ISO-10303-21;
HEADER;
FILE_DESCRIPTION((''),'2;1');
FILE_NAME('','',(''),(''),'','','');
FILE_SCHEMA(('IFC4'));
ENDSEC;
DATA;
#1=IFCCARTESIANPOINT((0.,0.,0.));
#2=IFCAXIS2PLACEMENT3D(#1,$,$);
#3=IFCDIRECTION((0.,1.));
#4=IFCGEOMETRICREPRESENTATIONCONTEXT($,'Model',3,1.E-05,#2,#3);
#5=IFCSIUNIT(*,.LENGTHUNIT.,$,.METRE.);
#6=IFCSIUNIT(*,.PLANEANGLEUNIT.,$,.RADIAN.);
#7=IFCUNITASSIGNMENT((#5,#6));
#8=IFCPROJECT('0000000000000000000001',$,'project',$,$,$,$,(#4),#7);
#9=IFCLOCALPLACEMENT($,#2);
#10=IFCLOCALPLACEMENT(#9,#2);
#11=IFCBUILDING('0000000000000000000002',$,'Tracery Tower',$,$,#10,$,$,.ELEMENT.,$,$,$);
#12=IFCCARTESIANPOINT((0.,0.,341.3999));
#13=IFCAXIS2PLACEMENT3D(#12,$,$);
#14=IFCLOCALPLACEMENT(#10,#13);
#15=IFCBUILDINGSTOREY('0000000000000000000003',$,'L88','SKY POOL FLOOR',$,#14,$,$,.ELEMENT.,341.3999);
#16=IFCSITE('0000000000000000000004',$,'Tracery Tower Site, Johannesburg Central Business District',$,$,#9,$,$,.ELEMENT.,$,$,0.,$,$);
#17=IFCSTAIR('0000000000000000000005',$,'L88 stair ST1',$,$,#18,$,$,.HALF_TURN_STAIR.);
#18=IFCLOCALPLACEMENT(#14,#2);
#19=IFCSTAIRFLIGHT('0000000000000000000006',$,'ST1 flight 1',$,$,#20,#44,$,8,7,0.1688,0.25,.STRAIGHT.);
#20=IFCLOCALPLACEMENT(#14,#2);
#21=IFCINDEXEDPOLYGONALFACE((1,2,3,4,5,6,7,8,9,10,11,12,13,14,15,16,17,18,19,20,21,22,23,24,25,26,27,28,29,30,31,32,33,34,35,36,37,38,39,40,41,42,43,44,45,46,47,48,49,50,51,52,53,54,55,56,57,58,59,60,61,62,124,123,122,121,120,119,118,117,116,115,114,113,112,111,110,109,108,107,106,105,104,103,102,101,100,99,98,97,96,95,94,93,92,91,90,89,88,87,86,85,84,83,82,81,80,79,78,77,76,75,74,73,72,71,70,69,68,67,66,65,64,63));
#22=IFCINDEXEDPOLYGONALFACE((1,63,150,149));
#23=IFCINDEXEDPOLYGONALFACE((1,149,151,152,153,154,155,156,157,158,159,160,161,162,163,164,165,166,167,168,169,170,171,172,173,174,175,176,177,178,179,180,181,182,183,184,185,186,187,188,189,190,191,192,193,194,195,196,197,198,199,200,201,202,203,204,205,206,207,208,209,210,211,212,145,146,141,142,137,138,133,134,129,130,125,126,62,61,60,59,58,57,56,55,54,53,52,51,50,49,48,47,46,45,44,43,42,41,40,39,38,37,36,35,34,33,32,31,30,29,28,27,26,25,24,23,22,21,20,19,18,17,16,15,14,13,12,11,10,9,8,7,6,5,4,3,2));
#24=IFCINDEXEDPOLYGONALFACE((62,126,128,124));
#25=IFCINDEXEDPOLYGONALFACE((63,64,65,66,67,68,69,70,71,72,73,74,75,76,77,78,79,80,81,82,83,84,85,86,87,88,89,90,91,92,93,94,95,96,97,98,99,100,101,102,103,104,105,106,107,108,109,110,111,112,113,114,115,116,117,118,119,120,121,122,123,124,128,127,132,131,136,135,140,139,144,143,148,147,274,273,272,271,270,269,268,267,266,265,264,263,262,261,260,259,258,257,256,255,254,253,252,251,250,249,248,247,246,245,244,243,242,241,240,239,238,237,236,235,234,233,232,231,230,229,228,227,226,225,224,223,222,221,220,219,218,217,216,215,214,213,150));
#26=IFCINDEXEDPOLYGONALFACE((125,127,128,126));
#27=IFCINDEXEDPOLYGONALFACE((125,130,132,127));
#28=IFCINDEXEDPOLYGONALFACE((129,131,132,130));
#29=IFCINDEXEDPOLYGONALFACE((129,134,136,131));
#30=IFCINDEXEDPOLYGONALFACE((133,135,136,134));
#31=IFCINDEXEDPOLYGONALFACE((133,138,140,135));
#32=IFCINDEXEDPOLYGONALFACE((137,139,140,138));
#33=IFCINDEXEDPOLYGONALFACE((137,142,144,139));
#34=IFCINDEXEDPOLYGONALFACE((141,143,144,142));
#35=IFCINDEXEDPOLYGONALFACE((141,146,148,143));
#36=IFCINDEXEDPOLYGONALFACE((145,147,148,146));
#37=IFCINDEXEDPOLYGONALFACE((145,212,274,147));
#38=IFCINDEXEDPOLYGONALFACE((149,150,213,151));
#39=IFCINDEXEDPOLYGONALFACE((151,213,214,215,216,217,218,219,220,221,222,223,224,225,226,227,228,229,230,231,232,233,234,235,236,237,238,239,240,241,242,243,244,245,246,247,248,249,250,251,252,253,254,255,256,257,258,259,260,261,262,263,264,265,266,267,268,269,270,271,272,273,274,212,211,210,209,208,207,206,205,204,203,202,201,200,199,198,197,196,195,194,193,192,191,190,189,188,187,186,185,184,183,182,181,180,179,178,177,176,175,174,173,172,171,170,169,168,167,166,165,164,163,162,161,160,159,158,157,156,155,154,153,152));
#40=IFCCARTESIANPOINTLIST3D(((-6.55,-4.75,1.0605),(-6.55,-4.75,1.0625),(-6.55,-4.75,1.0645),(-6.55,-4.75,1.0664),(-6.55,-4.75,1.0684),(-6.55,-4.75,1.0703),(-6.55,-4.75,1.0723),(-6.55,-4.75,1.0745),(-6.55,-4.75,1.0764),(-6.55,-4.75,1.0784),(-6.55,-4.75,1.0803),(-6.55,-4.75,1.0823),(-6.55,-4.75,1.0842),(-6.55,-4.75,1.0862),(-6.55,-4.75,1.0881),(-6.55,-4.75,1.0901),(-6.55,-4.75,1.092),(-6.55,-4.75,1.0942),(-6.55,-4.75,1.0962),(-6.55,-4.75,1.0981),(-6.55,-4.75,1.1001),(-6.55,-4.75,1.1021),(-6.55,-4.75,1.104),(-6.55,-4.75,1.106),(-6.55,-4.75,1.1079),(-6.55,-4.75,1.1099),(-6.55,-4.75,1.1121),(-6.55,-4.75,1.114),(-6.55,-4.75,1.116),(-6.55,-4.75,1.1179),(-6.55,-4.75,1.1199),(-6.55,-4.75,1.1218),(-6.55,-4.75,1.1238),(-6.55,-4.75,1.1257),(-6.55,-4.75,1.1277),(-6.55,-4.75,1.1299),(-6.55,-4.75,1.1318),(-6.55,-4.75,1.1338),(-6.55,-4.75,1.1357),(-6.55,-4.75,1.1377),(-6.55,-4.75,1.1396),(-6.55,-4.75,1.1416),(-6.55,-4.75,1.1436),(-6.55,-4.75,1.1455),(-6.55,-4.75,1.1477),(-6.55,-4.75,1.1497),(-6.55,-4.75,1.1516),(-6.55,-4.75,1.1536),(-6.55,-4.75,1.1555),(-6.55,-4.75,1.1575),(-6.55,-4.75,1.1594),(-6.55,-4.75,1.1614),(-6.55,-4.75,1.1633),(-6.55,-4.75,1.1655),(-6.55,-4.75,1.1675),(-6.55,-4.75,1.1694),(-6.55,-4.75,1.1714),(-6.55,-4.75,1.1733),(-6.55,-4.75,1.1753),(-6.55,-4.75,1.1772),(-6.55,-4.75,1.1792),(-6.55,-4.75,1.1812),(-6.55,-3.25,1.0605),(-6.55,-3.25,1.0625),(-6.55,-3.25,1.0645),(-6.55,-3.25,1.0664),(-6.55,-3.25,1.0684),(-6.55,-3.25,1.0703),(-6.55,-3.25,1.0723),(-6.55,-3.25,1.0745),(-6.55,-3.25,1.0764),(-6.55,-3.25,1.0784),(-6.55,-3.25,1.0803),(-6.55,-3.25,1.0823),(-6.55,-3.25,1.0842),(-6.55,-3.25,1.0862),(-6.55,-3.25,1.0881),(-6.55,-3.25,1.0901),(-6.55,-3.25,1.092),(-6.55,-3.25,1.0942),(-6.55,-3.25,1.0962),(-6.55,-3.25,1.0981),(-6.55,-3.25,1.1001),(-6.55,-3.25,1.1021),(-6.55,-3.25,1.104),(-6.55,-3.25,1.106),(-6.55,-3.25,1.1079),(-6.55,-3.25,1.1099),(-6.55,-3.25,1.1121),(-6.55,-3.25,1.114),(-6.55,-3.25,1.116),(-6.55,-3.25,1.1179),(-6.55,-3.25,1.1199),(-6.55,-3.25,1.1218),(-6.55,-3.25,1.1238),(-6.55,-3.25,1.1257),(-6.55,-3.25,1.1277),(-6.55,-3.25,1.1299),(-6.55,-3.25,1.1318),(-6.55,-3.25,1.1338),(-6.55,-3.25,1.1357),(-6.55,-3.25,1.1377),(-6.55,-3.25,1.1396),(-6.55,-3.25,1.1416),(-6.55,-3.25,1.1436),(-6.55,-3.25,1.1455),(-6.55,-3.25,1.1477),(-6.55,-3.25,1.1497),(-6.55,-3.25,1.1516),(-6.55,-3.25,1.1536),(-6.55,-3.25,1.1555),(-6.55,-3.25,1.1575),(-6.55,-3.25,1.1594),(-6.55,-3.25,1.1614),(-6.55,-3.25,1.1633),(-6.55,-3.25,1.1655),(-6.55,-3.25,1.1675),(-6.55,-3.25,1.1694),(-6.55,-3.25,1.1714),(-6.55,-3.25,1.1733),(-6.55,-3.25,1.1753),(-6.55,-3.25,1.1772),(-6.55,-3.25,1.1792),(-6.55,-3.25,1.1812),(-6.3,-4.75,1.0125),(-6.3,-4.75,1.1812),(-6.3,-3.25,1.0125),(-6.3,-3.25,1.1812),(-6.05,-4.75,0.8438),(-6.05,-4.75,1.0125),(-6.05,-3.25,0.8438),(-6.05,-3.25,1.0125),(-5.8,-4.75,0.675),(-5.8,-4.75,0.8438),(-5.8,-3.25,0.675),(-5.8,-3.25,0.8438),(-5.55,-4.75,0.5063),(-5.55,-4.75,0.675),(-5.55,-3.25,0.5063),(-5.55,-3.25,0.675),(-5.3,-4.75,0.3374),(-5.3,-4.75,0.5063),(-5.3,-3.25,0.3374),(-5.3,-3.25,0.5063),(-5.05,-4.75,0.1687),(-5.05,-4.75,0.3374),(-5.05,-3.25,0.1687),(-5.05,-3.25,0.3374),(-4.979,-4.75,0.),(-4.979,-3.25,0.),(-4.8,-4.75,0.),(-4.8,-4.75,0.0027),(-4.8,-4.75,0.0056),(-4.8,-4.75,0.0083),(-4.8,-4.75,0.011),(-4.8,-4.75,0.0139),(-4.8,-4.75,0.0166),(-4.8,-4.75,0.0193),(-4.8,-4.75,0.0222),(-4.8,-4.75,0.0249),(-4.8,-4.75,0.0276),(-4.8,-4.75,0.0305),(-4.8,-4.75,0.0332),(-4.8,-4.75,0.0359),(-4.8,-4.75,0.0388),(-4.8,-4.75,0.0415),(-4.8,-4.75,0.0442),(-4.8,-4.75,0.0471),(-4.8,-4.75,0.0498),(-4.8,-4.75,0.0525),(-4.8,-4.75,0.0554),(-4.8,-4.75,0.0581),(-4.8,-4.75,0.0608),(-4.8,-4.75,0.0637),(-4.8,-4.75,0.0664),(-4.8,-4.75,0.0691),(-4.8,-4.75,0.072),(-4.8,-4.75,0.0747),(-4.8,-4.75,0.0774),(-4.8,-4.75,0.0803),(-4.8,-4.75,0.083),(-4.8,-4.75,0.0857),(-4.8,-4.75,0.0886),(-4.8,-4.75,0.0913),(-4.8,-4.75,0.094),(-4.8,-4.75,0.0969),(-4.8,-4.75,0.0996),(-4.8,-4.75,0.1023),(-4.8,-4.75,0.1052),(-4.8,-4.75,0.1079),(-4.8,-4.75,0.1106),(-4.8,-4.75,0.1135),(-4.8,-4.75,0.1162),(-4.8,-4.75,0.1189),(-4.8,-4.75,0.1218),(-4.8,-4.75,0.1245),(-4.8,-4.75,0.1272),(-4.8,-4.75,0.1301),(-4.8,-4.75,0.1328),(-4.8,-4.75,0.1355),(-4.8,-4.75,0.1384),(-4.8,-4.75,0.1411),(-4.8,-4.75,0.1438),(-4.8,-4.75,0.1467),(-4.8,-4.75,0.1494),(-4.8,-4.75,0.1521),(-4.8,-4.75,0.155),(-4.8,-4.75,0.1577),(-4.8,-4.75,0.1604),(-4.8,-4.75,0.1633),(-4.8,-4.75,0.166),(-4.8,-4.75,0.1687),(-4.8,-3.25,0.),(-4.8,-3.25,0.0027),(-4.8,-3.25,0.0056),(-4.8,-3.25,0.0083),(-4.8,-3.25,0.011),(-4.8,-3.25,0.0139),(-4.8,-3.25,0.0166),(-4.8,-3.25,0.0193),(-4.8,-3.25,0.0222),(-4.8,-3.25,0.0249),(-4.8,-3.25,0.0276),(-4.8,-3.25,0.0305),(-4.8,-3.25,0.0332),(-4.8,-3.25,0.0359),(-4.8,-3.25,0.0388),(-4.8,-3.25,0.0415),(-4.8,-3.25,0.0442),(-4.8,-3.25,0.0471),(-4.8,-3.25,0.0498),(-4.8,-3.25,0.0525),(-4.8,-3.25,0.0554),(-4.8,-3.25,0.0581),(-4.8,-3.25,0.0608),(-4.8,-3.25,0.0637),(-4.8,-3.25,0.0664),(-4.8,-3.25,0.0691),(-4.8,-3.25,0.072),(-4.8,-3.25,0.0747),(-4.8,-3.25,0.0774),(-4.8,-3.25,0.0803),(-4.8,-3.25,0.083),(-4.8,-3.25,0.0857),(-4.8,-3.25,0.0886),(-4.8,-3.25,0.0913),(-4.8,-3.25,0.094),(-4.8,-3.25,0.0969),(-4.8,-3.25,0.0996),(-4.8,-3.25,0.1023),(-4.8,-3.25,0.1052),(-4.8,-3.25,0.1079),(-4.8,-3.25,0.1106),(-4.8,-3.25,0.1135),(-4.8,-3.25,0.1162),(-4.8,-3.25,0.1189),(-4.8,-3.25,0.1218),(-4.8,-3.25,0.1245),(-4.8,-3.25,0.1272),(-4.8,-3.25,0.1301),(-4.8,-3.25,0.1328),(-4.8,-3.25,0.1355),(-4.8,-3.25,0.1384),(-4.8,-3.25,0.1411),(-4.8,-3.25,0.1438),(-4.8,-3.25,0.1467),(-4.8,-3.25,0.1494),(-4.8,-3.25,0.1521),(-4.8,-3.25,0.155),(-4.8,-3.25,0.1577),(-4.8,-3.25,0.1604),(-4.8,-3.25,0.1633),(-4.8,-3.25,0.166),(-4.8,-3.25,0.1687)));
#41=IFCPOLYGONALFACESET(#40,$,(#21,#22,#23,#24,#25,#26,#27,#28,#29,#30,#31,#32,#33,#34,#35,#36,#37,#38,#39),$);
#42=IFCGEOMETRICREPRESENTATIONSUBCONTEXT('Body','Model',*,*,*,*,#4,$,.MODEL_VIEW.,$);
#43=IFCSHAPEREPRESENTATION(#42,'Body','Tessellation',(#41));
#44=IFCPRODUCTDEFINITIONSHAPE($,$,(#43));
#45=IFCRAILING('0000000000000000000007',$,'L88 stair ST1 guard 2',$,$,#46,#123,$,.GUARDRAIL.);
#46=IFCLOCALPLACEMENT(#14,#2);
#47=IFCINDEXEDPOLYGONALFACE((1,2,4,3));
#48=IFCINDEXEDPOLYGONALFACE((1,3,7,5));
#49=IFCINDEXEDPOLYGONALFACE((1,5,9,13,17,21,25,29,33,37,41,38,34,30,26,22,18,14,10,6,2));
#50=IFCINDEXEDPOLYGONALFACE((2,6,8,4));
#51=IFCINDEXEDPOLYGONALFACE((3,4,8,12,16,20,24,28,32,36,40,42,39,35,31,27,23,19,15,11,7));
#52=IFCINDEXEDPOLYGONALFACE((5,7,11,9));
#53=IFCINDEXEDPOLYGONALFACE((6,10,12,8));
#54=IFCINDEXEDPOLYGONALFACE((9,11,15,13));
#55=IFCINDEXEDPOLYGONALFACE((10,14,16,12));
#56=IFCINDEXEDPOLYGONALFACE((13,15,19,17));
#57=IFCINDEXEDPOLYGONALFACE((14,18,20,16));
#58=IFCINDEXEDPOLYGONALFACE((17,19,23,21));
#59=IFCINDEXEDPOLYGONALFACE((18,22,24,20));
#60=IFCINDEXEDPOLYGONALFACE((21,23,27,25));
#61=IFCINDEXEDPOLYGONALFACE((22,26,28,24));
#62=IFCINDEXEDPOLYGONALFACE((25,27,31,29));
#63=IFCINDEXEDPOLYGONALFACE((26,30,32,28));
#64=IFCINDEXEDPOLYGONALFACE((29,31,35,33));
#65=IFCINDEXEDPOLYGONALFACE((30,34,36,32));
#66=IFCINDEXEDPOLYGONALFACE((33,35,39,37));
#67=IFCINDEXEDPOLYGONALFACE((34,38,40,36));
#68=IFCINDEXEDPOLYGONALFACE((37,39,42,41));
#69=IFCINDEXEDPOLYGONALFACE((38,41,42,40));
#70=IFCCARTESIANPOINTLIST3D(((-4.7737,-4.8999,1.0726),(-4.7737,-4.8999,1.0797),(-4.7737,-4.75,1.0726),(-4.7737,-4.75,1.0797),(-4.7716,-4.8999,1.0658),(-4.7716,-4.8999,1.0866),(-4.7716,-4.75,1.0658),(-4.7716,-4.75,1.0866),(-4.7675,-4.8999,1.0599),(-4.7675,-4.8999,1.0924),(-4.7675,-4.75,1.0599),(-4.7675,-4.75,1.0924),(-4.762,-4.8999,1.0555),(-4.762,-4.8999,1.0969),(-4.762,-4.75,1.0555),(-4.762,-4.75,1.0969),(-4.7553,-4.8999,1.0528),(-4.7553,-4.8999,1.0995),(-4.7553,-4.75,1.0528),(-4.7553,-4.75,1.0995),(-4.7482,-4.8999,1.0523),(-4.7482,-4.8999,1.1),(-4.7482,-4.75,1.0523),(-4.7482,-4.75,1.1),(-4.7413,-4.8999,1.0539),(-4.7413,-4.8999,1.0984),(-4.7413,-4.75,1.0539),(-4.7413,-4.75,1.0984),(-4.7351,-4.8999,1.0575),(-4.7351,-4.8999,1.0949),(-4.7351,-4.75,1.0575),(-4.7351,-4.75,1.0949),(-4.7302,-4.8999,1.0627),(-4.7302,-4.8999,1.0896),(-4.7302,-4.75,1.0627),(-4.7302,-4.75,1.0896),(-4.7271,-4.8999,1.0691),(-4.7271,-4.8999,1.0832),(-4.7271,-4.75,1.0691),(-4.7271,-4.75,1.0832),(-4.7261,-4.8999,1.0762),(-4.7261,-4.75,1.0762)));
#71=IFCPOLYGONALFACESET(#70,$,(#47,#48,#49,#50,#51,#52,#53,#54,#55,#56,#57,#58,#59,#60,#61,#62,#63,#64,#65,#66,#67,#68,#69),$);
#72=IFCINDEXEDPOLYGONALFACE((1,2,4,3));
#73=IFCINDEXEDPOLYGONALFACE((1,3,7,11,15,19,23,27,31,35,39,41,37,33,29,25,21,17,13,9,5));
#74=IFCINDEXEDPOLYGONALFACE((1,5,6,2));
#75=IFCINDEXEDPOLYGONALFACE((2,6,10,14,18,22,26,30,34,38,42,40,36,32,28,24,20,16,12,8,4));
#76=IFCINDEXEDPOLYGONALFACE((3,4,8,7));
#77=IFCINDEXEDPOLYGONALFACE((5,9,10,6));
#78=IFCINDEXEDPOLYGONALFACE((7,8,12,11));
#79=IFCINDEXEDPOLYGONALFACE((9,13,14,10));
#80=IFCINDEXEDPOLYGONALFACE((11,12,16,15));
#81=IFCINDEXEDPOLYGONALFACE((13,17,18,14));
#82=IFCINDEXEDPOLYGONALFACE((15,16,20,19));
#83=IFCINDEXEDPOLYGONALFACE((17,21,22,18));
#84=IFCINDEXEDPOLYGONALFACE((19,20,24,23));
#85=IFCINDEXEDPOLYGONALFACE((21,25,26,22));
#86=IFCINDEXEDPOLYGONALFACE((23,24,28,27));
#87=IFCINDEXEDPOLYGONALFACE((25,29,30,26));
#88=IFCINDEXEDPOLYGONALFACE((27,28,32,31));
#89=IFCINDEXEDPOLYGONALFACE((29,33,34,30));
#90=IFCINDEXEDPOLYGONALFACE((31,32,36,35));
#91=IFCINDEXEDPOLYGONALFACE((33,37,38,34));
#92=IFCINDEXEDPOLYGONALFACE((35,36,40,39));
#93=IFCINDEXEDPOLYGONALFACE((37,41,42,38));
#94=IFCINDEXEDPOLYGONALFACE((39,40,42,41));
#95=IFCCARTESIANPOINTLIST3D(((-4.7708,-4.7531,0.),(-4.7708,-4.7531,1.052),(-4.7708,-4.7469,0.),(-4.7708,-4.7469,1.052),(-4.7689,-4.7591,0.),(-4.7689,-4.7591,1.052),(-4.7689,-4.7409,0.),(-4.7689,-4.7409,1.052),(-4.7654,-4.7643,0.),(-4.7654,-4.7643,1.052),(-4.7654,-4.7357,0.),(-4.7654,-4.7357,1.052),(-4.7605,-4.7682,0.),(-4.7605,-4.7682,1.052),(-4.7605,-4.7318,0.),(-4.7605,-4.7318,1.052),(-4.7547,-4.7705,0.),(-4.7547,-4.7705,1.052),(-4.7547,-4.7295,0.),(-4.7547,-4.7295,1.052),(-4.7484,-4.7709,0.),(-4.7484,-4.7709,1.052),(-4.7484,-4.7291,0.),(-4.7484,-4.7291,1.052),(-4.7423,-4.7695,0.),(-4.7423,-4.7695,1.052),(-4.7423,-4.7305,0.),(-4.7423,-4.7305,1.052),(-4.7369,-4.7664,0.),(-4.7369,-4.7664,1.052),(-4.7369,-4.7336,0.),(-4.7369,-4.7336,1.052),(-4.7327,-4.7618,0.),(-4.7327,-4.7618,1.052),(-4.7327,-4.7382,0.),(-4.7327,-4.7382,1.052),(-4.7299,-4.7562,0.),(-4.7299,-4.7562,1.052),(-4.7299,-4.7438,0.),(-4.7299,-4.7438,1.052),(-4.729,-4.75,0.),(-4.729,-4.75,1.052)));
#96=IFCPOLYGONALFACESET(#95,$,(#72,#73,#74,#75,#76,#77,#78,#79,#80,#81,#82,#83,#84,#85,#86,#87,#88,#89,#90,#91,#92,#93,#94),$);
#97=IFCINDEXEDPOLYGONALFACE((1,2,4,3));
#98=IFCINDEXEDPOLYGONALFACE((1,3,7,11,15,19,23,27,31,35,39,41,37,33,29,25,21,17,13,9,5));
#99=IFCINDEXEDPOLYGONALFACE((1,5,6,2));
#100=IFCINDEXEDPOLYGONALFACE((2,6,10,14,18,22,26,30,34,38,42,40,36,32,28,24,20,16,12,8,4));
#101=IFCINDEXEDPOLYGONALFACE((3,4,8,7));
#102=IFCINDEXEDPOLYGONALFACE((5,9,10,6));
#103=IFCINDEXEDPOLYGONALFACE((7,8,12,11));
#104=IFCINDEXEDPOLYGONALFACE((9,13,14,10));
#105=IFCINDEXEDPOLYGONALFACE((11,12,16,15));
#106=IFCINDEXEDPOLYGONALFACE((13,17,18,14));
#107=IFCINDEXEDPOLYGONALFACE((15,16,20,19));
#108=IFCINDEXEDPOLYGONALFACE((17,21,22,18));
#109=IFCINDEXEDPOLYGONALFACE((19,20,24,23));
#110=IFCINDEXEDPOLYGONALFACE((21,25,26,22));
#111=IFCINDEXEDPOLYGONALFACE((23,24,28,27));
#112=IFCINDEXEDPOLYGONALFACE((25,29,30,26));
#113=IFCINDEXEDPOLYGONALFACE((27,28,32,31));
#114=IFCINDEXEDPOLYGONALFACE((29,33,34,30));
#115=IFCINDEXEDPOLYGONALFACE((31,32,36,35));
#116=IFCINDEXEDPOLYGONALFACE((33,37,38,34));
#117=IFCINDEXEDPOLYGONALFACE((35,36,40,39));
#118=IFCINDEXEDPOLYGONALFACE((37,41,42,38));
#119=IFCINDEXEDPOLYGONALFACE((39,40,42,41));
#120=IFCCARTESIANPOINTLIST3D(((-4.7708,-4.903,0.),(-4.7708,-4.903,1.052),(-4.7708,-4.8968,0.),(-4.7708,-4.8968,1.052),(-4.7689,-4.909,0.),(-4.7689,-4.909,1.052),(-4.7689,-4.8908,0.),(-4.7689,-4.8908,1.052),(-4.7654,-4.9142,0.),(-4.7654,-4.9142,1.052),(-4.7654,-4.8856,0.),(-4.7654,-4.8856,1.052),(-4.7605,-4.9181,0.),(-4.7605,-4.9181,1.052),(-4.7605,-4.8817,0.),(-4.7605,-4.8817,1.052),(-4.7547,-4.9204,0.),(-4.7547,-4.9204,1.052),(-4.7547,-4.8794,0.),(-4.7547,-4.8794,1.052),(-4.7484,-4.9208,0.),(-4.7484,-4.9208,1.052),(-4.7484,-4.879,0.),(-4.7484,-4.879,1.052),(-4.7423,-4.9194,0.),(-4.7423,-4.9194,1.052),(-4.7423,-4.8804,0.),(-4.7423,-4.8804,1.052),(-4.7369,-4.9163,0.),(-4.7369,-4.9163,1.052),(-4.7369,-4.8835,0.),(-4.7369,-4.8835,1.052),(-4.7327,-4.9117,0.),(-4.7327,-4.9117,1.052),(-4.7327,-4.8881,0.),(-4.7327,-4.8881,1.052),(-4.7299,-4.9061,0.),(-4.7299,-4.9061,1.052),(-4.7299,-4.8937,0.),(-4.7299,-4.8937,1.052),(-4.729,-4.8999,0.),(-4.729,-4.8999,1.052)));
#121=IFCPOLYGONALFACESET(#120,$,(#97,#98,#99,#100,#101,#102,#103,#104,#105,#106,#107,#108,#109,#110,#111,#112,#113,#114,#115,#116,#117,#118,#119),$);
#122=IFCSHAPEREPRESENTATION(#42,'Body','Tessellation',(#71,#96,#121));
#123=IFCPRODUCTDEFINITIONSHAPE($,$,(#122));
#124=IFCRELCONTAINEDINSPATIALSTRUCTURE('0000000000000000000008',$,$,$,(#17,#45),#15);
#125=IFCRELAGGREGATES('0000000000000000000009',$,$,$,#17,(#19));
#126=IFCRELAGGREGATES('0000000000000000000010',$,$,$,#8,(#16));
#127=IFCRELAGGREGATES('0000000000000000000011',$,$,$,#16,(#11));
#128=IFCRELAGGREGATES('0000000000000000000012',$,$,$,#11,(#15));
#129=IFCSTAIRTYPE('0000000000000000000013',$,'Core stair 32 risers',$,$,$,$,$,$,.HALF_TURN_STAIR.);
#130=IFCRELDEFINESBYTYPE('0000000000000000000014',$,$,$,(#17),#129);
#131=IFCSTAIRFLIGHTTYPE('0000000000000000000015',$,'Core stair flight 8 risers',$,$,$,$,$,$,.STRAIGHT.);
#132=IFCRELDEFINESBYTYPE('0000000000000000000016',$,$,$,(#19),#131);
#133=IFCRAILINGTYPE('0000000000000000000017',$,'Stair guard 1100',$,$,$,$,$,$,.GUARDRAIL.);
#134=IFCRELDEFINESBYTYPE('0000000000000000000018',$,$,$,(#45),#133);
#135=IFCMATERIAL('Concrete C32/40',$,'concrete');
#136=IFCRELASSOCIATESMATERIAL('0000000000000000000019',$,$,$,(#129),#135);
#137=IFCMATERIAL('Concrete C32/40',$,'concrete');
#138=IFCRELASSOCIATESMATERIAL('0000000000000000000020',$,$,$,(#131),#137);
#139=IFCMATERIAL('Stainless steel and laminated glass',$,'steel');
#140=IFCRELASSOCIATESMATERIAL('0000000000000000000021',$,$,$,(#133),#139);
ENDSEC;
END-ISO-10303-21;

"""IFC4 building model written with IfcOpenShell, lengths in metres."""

from ifc_helpers import new_model, si_unit, direction, frame, origin, origin_2d, place, context, subcontext, project, spatial, polyline, circle, outline, extrude, material, type_object, element, aggregate, save


model = new_model("IFC4")

# Units and contexts
model_context = context("Model", 3, precision=1e-05, world=origin(), true_north=direction((0.0, 1.0)))
body_context = subcontext(model_context, "Body", "Model", "MODEL_VIEW")
ifc_project = project(units=[si_unit("LENGTHUNIT", "METRE"), si_unit("PLANEANGLEUNIT", "RADIAN")], contexts=[model_context])

# Site, building, storey
site_placement = place(None, origin())
site = spatial("IfcSite", under=ifc_project, at=site_placement, Name="Tracery Tower Site, Johannesburg Central Business District", CompositionType="ELEMENT", RefElevation=0.0)
building_placement = place(site_placement, origin())
building = spatial("IfcBuilding", under=site, at=building_placement, Name="Tracery Tower", CompositionType="ELEMENT")
storey_placement = place(building_placement, frame((0.0, 0.0, 341.3999)))
storey = spatial("IfcBuildingStorey", under=building, at=storey_placement, Name="L88", Description="SKY POOL FLOOR", CompositionType="ELEMENT", Elevation=341.3999)

# Stair, stair flight
ifc_material_1 = material(Name="Concrete C32/40", Category="concrete")
stair_type = type_object("IfcStairType", Name="Core stair 32 risers", PredefinedType="HALF_TURN_STAIR", material=ifc_material_1)
stair_placement = place(storey_placement, origin())
stair = element("IfcStair", 1, at=stair_placement, inside=storey, type_object=stair_type, Name="L88 stair ST1", PredefinedType="HALF_TURN_STAIR")
ifc_material_2 = material(Name="Concrete C32/40", Category="concrete")
stair_flight_type = type_object("IfcStairFlightType", Name="Core stair flight 8 risers", PredefinedType="STRAIGHT", material=ifc_material_2)
stair_flight_1_placement = place(storey_placement, frame((-4.8, -4.0, 0.0), z_axis=(0.0, 0.0, 1.0), x_axis=(-1.0, 0.0, 0.0)))
stair_flight_1 = element("IfcStairFlight", 2, at=stair_flight_1_placement, type_object=stair_flight_type, Name="ST1 flight 1", NumberOfRisers=8, NumberOfTreads=7, PredefinedType="STRAIGHT", RiserHeight=0.1688, TreadLength=0.25, context=body_context, shape_type="SweptSolid", body=[
    extrude(outline(polyline([(0.0, 0.0), (0.0, 0.0027), (0.0, 0.0056), (0.0, 0.0083), (0.0, 0.011), (0.0, 0.0139), (0.0, 0.0166), (0.0, 0.0193), (0.0, 0.0222), (0.0, 0.0249), (0.0, 0.0276), (0.0, 0.0305), (0.0, 0.0332), (0.0, 0.0359), (0.0, 0.0388), (0.0, 0.0415), (0.0, 0.0442), (0.0, 0.0471), (0.0, 0.0498), (0.0, 0.0525), (0.0, 0.0554), (0.0, 0.0581), (0.0, 0.0608), (0.0, 0.0637), (0.0, 0.0664), (0.0, 0.0691), (0.0, 0.072), (0.0, 0.0747), (0.0, 0.0774), (0.0, 0.0803), (0.0, 0.083), (0.0, 0.0857), (0.0, 0.0886), (0.0, 0.0913), (0.0, 0.094), (0.0, 0.0969), (0.0, 0.0996), (0.0, 0.1023), (0.0, 0.1052), (0.0, 0.1079), (0.0, 0.1106), (0.0, 0.1135), (0.0, 0.1162), (0.0, 0.1189), (0.0, 0.1218), (0.0, 0.1245), (0.0, 0.1272), (0.0, 0.1301), (0.0, 0.1328), (0.0, 0.1355), (0.0, 0.1384), (0.0, 0.1411), (0.0, 0.1438), (0.0, 0.1467), (0.0, 0.1494), (0.0, 0.1521), (0.0, 0.155), (0.0, 0.1577), (0.0, 0.1604), (0.0, 0.1633), (0.0, 0.166), (0.0, 0.1687), (0.25, 0.1687), (0.25, 0.3374), (0.5, 0.3374), (0.5, 0.5063), (0.75, 0.5063), (0.75, 0.675), (1.0, 0.675), (1.0, 0.8438), (1.25, 0.8438), (1.25, 1.0125), (1.5, 1.0125), (1.5, 1.1812), (1.75, 1.1812), (1.75, 1.1792), (1.75, 1.1772), (1.75, 1.1753), (1.75, 1.1733), (1.75, 1.1714), (1.75, 1.1694), (1.75, 1.1675), (1.75, 1.1655), (1.75, 1.1633), (1.75, 1.1614), (1.75, 1.1594), (1.75, 1.1575), (1.75, 1.1555), (1.75, 1.1536), (1.75, 1.1516), (1.75, 1.1497), (1.75, 1.1477), (1.75, 1.1455), (1.75, 1.1436), (1.75, 1.1416), (1.75, 1.1396), (1.75, 1.1377), (1.75, 1.1357), (1.75, 1.1338), (1.75, 1.1318), (1.75, 1.1299), (1.75, 1.1277), (1.75, 1.1257), (1.75, 1.1238), (1.75, 1.1218), (1.75, 1.1199), (1.75, 1.1179), (1.75, 1.116), (1.75, 1.114), (1.75, 1.1121), (1.75, 1.1099), (1.75, 1.1079), (1.75, 1.106), (1.75, 1.104), (1.75, 1.1021), (1.75, 1.1001), (1.75, 1.0981), (1.75, 1.0962), (1.75, 1.0942), (1.75, 1.092), (1.75, 1.0901), (1.75, 1.0881), (1.75, 1.0862), (1.75, 1.0842), (1.75, 1.0823), (1.75, 1.0803), (1.75, 1.0784), (1.75, 1.0764), (1.75, 1.0745), (1.75, 1.0723), (1.75, 1.0703), (1.75, 1.0684), (1.75, 1.0664), (1.75, 1.0645), (1.75, 1.0625), (1.75, 1.0605), (0.179, 0.0), (0.0, 0.0)])), frame((0.0, 0.75, 0.0), z_axis=(0.0, -1.0, 0.0), x_axis=(1.0, 0.0, 0.0)), (0.0, 0.0, 1.0), 1.5),
])
aggregate(stair, [stair_flight_1])

# Railing
ifc_material_3 = material(Name="Stainless steel and laminated glass", Category="steel")
railing_type_1 = type_object("IfcRailingType", Name="Stair guard 1100", PredefinedType="GUARDRAIL", material=ifc_material_3)
railing_1_placement = place(storey_placement, frame((-4.75, -4.75, 0.0)))
element("IfcRailing", 3, at=railing_1_placement, inside=storey, type_object=railing_type_1, Name="L88 stair ST1 guard 2", PredefinedType="GUARDRAIL", context=body_context, shape_type="SweptSolid", body=[
    extrude(circle(Radius=0.0239, at=origin_2d()), frame((0.0, 0.0, 1.0762), z_axis=(0.0, -1.0, 0.0), x_axis=(1.0, 0.0, 0.0)), (0.0, 0.0, 1.0), 0.1499),
    extrude(circle(Radius=0.021, at=origin_2d()), origin(), (0.0, 0.0, 1.0), 1.052),
    extrude(circle(Radius=0.021, at=origin_2d()), frame((0.0, -0.1499, 0.0)), (0.0, 0.0, 1.0), 1.052),
])

save(model, "model.ifc")
